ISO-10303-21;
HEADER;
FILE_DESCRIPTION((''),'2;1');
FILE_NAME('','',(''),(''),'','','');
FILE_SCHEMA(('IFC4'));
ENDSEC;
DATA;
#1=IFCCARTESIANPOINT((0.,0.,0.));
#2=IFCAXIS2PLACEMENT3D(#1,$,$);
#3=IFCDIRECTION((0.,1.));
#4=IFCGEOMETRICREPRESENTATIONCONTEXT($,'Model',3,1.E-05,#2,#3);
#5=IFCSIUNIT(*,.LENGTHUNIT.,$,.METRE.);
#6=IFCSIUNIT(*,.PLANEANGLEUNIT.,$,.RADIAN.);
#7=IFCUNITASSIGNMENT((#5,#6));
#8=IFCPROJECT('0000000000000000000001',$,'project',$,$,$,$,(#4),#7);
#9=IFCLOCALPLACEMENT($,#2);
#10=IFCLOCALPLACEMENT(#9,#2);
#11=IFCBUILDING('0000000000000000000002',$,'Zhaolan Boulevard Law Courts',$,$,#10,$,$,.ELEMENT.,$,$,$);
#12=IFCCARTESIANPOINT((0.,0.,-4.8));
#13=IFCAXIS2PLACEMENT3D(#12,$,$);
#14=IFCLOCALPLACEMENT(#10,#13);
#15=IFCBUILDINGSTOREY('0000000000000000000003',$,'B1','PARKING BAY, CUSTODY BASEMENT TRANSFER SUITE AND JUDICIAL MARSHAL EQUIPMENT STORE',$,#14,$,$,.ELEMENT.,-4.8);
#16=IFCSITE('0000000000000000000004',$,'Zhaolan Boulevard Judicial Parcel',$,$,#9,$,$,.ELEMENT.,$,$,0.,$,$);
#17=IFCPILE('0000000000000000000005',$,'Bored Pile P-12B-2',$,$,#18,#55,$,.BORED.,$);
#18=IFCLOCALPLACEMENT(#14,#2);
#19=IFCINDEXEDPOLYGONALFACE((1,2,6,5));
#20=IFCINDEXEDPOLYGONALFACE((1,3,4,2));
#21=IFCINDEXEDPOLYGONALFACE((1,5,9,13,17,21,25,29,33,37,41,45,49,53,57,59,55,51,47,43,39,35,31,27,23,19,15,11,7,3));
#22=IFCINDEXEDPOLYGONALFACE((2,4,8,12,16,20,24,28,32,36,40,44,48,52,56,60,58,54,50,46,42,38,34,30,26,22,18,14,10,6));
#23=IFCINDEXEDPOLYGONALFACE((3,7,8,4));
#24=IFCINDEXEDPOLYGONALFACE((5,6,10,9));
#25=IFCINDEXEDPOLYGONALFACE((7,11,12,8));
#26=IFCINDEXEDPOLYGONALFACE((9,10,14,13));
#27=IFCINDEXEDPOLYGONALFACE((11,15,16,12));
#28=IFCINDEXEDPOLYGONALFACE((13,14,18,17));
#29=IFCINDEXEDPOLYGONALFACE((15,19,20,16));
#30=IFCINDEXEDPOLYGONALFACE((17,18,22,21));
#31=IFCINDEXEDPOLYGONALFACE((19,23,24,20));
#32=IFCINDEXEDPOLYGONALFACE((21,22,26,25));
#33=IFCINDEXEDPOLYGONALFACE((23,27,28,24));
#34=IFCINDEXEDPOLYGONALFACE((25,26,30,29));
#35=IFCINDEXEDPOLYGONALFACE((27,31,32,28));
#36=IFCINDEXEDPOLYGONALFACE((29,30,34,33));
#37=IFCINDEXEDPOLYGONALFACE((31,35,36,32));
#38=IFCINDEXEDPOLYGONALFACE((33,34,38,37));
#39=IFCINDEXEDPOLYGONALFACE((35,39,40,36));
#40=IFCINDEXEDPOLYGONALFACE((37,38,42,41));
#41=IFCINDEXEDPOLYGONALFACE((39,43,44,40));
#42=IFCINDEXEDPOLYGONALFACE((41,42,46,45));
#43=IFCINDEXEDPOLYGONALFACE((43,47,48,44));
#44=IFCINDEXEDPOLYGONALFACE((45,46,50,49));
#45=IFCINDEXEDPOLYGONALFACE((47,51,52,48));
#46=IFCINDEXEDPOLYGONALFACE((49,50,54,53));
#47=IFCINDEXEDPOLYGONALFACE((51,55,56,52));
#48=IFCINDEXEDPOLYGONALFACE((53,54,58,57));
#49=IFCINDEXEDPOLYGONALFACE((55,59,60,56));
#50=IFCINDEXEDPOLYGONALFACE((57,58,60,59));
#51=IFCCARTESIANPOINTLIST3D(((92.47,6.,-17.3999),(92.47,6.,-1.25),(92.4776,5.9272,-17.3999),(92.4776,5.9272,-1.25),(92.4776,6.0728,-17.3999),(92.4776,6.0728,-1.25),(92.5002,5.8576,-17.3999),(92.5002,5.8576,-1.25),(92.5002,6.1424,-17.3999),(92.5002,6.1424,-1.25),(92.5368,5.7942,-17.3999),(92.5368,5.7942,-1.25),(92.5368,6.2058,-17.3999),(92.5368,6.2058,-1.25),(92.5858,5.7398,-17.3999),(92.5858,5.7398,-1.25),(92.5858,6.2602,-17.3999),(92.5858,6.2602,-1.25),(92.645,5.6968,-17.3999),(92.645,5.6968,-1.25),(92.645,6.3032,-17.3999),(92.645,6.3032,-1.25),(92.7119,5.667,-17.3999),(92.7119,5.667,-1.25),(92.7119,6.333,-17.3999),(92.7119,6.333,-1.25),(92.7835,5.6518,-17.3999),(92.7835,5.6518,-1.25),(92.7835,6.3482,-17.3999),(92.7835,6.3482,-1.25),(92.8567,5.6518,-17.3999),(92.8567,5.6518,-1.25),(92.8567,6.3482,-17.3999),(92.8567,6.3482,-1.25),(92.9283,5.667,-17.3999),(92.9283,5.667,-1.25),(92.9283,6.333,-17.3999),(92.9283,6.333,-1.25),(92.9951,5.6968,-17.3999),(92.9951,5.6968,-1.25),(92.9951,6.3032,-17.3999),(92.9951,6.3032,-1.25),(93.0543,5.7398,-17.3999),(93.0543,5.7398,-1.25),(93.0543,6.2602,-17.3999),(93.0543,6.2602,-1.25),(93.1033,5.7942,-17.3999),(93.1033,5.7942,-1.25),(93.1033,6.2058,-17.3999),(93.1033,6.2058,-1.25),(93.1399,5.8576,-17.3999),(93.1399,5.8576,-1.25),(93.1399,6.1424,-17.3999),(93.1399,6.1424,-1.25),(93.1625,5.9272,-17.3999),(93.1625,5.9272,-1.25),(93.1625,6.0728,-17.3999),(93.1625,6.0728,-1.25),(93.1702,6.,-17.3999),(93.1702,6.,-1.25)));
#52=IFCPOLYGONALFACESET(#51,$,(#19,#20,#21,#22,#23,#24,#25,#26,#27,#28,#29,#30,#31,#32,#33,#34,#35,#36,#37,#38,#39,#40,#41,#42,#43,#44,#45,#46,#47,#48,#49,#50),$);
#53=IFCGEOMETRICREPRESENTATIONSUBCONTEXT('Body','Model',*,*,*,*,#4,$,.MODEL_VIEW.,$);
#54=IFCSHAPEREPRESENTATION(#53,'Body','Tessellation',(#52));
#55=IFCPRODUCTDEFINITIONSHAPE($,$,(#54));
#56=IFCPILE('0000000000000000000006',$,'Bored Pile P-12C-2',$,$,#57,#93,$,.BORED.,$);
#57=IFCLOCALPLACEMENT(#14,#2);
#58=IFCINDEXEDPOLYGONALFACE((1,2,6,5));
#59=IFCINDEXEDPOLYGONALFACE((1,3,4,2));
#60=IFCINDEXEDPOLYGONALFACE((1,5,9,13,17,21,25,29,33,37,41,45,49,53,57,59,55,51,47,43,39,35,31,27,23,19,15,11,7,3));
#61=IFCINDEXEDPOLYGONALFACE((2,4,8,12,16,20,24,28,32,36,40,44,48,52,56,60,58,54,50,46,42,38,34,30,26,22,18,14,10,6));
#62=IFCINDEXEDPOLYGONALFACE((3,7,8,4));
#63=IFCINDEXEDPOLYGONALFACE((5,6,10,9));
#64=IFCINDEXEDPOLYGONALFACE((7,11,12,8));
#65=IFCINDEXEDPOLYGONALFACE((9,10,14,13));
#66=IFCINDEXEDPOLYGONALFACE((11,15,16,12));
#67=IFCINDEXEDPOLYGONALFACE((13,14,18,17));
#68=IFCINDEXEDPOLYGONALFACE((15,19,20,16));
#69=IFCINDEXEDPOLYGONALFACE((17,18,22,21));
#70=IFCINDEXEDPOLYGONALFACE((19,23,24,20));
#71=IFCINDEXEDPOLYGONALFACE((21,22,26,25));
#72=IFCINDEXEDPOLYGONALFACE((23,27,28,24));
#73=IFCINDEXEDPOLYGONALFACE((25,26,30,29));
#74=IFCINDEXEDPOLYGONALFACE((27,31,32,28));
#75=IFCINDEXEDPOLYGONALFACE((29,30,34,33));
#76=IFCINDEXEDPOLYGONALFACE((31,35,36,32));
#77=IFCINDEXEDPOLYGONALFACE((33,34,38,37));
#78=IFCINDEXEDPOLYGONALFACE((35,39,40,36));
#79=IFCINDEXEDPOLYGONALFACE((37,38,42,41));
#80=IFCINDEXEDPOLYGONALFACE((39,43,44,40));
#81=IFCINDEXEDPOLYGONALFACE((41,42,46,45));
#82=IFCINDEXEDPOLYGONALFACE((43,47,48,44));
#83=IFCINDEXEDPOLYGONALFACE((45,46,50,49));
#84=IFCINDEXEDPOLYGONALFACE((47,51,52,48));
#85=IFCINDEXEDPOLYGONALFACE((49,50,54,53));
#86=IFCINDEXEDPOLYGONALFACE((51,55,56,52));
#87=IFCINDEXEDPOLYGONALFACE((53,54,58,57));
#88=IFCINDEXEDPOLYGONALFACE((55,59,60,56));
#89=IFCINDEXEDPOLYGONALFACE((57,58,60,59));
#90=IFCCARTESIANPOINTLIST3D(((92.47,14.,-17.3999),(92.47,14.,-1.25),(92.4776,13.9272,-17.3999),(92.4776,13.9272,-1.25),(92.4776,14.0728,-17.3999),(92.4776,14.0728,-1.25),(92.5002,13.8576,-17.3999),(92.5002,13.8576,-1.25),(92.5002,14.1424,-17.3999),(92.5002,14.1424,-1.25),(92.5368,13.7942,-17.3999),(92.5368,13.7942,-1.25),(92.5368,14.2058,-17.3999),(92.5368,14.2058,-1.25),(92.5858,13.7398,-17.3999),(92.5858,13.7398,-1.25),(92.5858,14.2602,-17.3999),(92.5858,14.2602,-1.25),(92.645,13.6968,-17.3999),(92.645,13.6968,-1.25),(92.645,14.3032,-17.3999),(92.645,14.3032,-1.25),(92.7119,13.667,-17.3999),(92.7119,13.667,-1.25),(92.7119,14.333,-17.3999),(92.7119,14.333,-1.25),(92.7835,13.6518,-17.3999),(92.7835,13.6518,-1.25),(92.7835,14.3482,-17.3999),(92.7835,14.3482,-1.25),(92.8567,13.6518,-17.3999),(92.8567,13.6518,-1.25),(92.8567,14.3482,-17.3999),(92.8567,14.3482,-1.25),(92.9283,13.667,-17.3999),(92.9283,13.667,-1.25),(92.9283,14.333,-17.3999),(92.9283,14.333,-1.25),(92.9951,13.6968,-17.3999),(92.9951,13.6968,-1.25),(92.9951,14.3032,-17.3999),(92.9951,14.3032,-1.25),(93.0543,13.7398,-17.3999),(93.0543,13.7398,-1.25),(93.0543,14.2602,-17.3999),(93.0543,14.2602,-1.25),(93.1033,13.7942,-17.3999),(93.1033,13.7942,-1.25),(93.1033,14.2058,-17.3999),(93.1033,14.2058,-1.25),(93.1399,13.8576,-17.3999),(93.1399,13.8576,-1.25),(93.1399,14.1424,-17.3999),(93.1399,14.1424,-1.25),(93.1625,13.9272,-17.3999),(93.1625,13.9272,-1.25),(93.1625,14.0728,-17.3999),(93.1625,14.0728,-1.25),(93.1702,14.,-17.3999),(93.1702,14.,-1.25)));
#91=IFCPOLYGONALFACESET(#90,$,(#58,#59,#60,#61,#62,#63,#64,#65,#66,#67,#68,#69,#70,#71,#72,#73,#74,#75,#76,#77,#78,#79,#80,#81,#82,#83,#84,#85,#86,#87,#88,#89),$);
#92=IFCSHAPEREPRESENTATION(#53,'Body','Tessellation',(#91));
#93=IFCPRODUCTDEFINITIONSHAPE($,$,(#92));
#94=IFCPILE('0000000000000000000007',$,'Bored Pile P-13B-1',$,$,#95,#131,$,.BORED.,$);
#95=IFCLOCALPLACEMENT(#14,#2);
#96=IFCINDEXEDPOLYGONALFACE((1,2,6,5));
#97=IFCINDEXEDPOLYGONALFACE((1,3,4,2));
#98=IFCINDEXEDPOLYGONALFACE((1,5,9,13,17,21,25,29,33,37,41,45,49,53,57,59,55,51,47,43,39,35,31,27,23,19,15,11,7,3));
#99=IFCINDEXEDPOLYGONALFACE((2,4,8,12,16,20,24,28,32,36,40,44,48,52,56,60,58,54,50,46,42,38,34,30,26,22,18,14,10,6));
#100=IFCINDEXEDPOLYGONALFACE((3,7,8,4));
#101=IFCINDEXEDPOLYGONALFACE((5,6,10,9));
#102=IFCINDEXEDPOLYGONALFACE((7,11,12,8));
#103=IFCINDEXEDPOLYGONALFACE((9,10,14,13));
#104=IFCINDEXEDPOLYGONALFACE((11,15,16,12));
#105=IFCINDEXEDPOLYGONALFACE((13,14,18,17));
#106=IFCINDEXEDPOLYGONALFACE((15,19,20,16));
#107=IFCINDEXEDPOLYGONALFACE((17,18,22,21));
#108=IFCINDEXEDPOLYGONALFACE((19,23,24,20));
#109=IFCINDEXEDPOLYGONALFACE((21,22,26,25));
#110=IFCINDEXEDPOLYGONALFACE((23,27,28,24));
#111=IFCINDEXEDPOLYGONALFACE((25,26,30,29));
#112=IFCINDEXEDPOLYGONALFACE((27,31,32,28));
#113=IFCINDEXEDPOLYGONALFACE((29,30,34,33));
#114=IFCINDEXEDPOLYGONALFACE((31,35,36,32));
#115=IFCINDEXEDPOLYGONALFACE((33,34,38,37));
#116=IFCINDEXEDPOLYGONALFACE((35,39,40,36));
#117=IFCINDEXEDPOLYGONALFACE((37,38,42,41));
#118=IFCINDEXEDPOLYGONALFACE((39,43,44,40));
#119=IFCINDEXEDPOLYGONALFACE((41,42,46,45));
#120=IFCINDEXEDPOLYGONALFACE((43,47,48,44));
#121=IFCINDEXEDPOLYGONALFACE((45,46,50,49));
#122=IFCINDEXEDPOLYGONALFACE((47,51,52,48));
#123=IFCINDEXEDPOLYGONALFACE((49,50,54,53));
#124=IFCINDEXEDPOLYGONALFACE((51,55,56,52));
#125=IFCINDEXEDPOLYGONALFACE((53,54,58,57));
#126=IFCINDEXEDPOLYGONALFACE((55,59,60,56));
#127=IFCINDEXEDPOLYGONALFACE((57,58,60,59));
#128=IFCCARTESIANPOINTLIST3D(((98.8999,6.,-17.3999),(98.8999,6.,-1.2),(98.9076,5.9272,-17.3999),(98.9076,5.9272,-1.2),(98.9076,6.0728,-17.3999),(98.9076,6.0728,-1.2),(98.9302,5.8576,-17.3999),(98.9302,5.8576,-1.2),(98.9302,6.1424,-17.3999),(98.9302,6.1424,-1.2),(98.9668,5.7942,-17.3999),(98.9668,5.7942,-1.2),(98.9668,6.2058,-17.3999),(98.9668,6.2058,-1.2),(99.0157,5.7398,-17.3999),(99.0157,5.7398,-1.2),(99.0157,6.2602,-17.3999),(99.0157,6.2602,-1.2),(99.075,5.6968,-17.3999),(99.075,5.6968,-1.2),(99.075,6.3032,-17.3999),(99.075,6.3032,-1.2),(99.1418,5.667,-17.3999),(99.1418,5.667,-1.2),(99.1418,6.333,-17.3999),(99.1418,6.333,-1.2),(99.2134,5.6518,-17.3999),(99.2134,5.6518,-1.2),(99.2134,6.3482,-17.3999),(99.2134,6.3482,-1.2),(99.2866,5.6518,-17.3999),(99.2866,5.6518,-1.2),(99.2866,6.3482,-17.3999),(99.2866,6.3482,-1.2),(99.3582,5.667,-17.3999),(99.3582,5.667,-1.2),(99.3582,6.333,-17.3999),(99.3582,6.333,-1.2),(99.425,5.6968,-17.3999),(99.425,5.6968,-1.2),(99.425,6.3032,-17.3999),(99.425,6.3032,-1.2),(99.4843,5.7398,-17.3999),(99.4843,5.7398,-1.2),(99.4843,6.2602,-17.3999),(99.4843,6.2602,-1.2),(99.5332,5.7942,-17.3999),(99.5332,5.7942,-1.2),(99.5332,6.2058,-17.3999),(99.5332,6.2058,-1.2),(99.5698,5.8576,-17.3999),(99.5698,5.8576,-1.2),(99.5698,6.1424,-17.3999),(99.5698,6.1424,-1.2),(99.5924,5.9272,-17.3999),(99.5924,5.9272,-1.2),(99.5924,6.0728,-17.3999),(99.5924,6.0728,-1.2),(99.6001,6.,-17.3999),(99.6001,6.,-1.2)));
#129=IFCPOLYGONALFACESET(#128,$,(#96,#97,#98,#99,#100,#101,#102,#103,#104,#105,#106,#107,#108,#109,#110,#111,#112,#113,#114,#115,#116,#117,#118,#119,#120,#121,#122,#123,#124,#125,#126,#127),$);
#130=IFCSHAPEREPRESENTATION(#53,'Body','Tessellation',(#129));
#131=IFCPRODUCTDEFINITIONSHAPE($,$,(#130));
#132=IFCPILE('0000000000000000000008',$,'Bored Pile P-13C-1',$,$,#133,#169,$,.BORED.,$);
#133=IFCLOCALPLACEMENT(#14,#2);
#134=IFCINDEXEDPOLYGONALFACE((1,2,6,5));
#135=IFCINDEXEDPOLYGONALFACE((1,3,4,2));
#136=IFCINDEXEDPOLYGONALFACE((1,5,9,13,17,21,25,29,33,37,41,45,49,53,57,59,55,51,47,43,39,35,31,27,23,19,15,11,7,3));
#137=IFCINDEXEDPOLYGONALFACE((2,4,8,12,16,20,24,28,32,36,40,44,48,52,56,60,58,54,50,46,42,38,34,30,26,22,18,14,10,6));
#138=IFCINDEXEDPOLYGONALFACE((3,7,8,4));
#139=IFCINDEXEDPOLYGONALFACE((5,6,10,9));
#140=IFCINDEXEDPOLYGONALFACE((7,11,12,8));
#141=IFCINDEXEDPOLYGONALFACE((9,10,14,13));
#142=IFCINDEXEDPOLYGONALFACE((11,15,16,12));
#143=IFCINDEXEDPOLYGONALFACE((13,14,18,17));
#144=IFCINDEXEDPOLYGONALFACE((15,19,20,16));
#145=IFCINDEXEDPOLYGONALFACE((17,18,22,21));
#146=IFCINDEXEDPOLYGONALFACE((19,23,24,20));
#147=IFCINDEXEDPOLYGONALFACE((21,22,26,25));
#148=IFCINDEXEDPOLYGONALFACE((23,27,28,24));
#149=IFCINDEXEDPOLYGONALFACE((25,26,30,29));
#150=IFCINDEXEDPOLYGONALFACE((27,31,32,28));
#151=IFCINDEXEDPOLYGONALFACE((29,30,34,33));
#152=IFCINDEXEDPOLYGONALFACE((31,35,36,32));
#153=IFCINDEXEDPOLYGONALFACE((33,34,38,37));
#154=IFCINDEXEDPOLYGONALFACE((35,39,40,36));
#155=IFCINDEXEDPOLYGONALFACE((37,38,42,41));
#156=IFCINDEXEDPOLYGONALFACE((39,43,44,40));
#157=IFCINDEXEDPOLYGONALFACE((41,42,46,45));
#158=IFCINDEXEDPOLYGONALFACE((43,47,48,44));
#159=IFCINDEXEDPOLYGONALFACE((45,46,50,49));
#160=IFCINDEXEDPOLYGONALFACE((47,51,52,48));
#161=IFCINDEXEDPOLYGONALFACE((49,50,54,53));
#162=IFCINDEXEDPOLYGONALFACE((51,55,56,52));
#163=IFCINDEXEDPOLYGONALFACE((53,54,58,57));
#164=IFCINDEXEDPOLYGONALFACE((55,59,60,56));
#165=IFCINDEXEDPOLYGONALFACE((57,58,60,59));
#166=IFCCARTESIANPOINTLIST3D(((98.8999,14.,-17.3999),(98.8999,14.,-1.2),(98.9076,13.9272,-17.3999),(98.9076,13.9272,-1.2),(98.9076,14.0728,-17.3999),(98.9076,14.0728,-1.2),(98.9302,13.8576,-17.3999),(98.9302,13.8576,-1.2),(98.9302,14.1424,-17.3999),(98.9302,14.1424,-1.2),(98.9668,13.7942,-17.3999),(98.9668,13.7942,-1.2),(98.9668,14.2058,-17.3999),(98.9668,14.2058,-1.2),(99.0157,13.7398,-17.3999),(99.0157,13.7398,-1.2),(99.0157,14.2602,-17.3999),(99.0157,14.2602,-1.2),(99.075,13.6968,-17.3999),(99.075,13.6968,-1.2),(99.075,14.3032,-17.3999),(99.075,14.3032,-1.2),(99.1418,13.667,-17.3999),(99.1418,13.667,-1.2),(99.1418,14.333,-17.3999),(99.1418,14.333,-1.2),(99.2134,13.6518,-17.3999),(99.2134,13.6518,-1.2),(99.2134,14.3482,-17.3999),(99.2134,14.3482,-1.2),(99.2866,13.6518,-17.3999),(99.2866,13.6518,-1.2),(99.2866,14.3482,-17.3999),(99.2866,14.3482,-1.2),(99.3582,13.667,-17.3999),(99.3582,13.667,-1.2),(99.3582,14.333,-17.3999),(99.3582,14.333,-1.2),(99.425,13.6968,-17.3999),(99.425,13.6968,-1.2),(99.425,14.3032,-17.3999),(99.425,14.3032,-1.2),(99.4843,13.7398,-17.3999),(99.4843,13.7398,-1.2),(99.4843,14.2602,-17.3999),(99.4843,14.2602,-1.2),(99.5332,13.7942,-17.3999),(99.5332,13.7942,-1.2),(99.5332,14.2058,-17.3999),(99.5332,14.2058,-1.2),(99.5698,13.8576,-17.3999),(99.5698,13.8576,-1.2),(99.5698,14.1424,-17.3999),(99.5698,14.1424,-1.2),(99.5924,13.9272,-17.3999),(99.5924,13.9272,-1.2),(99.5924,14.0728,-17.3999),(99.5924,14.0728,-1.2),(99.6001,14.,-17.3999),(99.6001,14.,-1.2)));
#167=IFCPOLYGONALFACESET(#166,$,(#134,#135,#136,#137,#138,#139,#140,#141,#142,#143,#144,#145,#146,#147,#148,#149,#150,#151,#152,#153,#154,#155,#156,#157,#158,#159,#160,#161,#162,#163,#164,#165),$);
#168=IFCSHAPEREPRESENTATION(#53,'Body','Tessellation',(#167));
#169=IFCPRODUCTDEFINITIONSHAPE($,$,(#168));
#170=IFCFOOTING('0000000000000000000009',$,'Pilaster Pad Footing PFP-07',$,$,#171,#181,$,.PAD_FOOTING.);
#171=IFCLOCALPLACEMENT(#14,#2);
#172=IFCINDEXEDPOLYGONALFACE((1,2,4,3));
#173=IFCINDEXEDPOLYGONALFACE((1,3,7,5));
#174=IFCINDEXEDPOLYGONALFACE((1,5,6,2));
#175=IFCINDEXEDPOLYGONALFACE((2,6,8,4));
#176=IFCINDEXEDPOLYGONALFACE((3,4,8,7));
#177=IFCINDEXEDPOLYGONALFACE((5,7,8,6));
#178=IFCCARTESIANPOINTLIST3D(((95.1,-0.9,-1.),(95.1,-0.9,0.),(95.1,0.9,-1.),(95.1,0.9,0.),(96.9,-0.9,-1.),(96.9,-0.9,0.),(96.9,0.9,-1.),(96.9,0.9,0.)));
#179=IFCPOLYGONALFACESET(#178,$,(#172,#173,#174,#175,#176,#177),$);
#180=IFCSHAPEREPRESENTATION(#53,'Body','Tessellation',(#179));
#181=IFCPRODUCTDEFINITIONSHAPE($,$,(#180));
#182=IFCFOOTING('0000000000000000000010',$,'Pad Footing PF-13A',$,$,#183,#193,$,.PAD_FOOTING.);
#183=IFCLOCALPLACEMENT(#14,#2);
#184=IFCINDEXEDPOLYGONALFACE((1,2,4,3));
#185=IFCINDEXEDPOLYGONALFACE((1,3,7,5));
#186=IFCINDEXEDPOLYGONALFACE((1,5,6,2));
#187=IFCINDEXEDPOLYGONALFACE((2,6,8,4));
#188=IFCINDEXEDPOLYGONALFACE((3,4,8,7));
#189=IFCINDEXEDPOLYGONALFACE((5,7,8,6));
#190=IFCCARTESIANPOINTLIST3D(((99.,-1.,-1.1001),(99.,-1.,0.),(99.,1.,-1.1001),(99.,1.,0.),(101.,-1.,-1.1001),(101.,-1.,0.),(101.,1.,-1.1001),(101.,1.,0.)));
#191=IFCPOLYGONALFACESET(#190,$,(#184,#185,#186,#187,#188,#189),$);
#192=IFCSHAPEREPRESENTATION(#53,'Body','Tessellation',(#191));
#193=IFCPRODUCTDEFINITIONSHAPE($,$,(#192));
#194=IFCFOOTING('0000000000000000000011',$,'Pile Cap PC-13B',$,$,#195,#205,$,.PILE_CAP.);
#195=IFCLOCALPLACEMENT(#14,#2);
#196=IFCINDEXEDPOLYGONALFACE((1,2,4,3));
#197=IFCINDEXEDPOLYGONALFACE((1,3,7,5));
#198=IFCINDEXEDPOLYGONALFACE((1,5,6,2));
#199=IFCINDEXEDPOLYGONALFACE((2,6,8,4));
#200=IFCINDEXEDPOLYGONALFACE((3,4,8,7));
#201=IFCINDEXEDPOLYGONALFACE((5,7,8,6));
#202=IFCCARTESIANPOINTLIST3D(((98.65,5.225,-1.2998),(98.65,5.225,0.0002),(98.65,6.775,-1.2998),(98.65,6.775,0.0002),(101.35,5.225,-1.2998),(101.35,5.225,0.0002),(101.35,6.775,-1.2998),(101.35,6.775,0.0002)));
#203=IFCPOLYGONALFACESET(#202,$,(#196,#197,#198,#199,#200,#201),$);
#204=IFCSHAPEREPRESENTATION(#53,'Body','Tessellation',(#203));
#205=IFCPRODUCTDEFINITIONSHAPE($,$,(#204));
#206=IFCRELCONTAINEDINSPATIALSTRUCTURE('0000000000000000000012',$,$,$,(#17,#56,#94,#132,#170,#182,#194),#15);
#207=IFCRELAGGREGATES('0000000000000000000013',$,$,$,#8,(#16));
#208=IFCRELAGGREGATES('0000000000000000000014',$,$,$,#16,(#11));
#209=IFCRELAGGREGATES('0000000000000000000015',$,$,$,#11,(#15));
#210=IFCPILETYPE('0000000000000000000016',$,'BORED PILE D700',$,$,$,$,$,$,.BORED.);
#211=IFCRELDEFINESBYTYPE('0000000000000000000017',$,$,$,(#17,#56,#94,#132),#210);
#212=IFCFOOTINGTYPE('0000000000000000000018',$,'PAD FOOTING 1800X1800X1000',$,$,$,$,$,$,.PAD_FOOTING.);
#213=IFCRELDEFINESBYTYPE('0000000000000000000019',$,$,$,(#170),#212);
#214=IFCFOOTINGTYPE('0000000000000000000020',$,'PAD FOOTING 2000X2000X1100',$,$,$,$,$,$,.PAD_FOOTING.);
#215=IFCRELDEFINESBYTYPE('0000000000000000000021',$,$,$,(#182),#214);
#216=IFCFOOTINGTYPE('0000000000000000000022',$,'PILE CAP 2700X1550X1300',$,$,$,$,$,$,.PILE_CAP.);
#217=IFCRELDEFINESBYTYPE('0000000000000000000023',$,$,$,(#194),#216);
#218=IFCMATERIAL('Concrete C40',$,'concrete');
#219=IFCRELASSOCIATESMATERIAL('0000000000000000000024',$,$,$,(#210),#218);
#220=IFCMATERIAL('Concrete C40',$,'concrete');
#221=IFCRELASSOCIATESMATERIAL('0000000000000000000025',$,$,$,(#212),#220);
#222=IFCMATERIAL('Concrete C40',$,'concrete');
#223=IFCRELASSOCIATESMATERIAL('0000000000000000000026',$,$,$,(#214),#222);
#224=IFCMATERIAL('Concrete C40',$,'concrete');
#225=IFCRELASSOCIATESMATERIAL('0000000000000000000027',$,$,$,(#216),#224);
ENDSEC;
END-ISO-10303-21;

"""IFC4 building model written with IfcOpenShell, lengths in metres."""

from ifc_helpers import new_model, si_unit, direction, frame, origin, origin_2d, place, context, subcontext, project, spatial, rectangle, circle, extrude, material, material_profile, profile_set, type_object, element, save


model = new_model("IFC4")

# Units and contexts
model_context = context("Model", 3, precision=1e-05, world=origin(), true_north=direction((0.0, 1.0)))
body_context = subcontext(model_context, "Body", "Model", "MODEL_VIEW")
ifc_project = project(units=[si_unit("LENGTHUNIT", "METRE"), si_unit("PLANEANGLEUNIT", "RADIAN")], contexts=[model_context])

# Site, building, storey
site_placement = place(None, origin())
site = spatial("IfcSite", under=ifc_project, at=site_placement, Name="Zhaolan Boulevard Judicial Parcel", CompositionType="ELEMENT", RefElevation=0.0)
building_placement = place(site_placement, origin())
building = spatial("IfcBuilding", under=site, at=building_placement, Name="Zhaolan Boulevard Law Courts", CompositionType="ELEMENT")
storey_placement = place(building_placement, frame((0.0, 0.0, -4.8)))
storey = spatial("IfcBuildingStorey", under=building, at=storey_placement, Name="B1", Description="PARKING BAY, CUSTODY BASEMENT TRANSFER SUITE AND JUDICIAL MARSHAL EQUIPMENT STORE", CompositionType="ELEMENT", Elevation=-4.8)

# Piles
ifc_material_1 = material(Name="Concrete C40", Category="concrete")
ifc_material_profile_1 = material_profile(ifc_material_1, circle(Radius=0.3501, at=origin_2d()), Name="PILE-D700")
ifc_profile_set_1 = profile_set([ifc_material_profile_1], Name="Concrete C40")
pile_type = type_object("IfcPileType", Name="BORED PILE D700", PredefinedType="BORED", material=ifc_profile_set_1)
for number, where, z_axis, x_axis, name in (
    (1, (92.8201, 6.0, -1.25), (0.0, 0.0, -1.0), (1.0, 0.0, 0.0), "Bored Pile P-12B-2"),
    (2, (92.8201, 14.0, -1.25), (0.0, 0.0, -1.0), (1.0, 0.0, 0.0), "Bored Pile P-12C-2"),
):
    element("IfcPile", number, at=place(storey_placement, frame(where, z_axis=z_axis, x_axis=x_axis)), inside=storey, type_object=pile_type, Name=name, PredefinedType="BORED", context=body_context, shape_type="SweptSolid", body=[
        extrude(circle(Radius=0.3501, at=origin_2d()), origin(), (0.0, 0.0, 1.0), 16.1499),
    ])
for number, where, z_axis, x_axis, name in (
    (3, (99.25, 6.0, -1.2), (0.0, 0.0, -1.0), (1.0, 0.0, 0.0), "Bored Pile P-13B-1"),
    (4, (99.25, 14.0, -1.2), (0.0, 0.0, -1.0), (1.0, 0.0, 0.0), "Bored Pile P-13C-1"),
):
    element("IfcPile", number, at=place(storey_placement, frame(where, z_axis=z_axis, x_axis=x_axis)), inside=storey, type_object=pile_type, Name=name, PredefinedType="BORED", context=body_context, shape_type="SweptSolid", body=[
        extrude(circle(Radius=0.3501, at=origin_2d()), origin(), (0.0, 0.0, 1.0), 16.2),
    ])

# Footings
ifc_material_2 = material(Name="Concrete C40", Category="concrete")
footing_type_1 = type_object("IfcFootingType", Name="PAD FOOTING 1800X1800X1000", PredefinedType="PAD_FOOTING", material=ifc_material_2)
footing_1_placement = place(storey_placement, frame((96.0, 0.0, -1.0), z_axis=(0.0, 0.0, 1.0), x_axis=(1.0, 0.0, 0.0)))
element("IfcFooting", 5, at=footing_1_placement, inside=storey, type_object=footing_type_1, Name="Pilaster Pad Footing PFP-07", PredefinedType="PAD_FOOTING", context=body_context, shape_type="SweptSolid", body=[
    extrude(rectangle(XDim=1.8, YDim=1.8, at=origin_2d()), origin(), (0.0, 0.0, 1.0), 1.0),
])
ifc_material_3 = material(Name="Concrete C40", Category="concrete")
footing_type_2 = type_object("IfcFootingType", Name="PAD FOOTING 2000X2000X1100", PredefinedType="PAD_FOOTING", material=ifc_material_3)
footing_2_placement = place(storey_placement, frame((100.0, 0.0, -1.1001), z_axis=(0.0, 0.0, 1.0), x_axis=(1.0, 0.0, 0.0)))
element("IfcFooting", 6, at=footing_2_placement, inside=storey, type_object=footing_type_2, Name="Pad Footing PF-13A", PredefinedType="PAD_FOOTING", context=body_context, shape_type="SweptSolid", body=[
    extrude(rectangle(XDim=2.0, YDim=2.0, at=origin_2d()), origin(), (0.0, 0.0, 1.0), 1.1001),
])
ifc_material_4 = material(Name="Concrete C40", Category="concrete")
footing_type_3 = type_object("IfcFootingType", Name="PILE CAP 2700X1550X1300", PredefinedType="PILE_CAP", material=ifc_material_4)
for number, where, z_axis, x_axis, name in (
    (7, (100.0, 6.0, -1.2998), (0.0, 0.0, 1.0), (1.0, 0.0, 0.0), "Pile Cap PC-13B"),
):
    element("IfcFooting", number, at=place(storey_placement, frame(where, z_axis=z_axis, x_axis=x_axis)), inside=storey, type_object=footing_type_3, Name=name, PredefinedType="PILE_CAP", context=body_context, shape_type="SweptSolid", body=[
        extrude(rectangle(XDim=2.7, YDim=1.55, at=origin_2d()), origin(), (0.0, 0.0, 1.0), 1.3),
    ])

save(model, "model.ifc")
